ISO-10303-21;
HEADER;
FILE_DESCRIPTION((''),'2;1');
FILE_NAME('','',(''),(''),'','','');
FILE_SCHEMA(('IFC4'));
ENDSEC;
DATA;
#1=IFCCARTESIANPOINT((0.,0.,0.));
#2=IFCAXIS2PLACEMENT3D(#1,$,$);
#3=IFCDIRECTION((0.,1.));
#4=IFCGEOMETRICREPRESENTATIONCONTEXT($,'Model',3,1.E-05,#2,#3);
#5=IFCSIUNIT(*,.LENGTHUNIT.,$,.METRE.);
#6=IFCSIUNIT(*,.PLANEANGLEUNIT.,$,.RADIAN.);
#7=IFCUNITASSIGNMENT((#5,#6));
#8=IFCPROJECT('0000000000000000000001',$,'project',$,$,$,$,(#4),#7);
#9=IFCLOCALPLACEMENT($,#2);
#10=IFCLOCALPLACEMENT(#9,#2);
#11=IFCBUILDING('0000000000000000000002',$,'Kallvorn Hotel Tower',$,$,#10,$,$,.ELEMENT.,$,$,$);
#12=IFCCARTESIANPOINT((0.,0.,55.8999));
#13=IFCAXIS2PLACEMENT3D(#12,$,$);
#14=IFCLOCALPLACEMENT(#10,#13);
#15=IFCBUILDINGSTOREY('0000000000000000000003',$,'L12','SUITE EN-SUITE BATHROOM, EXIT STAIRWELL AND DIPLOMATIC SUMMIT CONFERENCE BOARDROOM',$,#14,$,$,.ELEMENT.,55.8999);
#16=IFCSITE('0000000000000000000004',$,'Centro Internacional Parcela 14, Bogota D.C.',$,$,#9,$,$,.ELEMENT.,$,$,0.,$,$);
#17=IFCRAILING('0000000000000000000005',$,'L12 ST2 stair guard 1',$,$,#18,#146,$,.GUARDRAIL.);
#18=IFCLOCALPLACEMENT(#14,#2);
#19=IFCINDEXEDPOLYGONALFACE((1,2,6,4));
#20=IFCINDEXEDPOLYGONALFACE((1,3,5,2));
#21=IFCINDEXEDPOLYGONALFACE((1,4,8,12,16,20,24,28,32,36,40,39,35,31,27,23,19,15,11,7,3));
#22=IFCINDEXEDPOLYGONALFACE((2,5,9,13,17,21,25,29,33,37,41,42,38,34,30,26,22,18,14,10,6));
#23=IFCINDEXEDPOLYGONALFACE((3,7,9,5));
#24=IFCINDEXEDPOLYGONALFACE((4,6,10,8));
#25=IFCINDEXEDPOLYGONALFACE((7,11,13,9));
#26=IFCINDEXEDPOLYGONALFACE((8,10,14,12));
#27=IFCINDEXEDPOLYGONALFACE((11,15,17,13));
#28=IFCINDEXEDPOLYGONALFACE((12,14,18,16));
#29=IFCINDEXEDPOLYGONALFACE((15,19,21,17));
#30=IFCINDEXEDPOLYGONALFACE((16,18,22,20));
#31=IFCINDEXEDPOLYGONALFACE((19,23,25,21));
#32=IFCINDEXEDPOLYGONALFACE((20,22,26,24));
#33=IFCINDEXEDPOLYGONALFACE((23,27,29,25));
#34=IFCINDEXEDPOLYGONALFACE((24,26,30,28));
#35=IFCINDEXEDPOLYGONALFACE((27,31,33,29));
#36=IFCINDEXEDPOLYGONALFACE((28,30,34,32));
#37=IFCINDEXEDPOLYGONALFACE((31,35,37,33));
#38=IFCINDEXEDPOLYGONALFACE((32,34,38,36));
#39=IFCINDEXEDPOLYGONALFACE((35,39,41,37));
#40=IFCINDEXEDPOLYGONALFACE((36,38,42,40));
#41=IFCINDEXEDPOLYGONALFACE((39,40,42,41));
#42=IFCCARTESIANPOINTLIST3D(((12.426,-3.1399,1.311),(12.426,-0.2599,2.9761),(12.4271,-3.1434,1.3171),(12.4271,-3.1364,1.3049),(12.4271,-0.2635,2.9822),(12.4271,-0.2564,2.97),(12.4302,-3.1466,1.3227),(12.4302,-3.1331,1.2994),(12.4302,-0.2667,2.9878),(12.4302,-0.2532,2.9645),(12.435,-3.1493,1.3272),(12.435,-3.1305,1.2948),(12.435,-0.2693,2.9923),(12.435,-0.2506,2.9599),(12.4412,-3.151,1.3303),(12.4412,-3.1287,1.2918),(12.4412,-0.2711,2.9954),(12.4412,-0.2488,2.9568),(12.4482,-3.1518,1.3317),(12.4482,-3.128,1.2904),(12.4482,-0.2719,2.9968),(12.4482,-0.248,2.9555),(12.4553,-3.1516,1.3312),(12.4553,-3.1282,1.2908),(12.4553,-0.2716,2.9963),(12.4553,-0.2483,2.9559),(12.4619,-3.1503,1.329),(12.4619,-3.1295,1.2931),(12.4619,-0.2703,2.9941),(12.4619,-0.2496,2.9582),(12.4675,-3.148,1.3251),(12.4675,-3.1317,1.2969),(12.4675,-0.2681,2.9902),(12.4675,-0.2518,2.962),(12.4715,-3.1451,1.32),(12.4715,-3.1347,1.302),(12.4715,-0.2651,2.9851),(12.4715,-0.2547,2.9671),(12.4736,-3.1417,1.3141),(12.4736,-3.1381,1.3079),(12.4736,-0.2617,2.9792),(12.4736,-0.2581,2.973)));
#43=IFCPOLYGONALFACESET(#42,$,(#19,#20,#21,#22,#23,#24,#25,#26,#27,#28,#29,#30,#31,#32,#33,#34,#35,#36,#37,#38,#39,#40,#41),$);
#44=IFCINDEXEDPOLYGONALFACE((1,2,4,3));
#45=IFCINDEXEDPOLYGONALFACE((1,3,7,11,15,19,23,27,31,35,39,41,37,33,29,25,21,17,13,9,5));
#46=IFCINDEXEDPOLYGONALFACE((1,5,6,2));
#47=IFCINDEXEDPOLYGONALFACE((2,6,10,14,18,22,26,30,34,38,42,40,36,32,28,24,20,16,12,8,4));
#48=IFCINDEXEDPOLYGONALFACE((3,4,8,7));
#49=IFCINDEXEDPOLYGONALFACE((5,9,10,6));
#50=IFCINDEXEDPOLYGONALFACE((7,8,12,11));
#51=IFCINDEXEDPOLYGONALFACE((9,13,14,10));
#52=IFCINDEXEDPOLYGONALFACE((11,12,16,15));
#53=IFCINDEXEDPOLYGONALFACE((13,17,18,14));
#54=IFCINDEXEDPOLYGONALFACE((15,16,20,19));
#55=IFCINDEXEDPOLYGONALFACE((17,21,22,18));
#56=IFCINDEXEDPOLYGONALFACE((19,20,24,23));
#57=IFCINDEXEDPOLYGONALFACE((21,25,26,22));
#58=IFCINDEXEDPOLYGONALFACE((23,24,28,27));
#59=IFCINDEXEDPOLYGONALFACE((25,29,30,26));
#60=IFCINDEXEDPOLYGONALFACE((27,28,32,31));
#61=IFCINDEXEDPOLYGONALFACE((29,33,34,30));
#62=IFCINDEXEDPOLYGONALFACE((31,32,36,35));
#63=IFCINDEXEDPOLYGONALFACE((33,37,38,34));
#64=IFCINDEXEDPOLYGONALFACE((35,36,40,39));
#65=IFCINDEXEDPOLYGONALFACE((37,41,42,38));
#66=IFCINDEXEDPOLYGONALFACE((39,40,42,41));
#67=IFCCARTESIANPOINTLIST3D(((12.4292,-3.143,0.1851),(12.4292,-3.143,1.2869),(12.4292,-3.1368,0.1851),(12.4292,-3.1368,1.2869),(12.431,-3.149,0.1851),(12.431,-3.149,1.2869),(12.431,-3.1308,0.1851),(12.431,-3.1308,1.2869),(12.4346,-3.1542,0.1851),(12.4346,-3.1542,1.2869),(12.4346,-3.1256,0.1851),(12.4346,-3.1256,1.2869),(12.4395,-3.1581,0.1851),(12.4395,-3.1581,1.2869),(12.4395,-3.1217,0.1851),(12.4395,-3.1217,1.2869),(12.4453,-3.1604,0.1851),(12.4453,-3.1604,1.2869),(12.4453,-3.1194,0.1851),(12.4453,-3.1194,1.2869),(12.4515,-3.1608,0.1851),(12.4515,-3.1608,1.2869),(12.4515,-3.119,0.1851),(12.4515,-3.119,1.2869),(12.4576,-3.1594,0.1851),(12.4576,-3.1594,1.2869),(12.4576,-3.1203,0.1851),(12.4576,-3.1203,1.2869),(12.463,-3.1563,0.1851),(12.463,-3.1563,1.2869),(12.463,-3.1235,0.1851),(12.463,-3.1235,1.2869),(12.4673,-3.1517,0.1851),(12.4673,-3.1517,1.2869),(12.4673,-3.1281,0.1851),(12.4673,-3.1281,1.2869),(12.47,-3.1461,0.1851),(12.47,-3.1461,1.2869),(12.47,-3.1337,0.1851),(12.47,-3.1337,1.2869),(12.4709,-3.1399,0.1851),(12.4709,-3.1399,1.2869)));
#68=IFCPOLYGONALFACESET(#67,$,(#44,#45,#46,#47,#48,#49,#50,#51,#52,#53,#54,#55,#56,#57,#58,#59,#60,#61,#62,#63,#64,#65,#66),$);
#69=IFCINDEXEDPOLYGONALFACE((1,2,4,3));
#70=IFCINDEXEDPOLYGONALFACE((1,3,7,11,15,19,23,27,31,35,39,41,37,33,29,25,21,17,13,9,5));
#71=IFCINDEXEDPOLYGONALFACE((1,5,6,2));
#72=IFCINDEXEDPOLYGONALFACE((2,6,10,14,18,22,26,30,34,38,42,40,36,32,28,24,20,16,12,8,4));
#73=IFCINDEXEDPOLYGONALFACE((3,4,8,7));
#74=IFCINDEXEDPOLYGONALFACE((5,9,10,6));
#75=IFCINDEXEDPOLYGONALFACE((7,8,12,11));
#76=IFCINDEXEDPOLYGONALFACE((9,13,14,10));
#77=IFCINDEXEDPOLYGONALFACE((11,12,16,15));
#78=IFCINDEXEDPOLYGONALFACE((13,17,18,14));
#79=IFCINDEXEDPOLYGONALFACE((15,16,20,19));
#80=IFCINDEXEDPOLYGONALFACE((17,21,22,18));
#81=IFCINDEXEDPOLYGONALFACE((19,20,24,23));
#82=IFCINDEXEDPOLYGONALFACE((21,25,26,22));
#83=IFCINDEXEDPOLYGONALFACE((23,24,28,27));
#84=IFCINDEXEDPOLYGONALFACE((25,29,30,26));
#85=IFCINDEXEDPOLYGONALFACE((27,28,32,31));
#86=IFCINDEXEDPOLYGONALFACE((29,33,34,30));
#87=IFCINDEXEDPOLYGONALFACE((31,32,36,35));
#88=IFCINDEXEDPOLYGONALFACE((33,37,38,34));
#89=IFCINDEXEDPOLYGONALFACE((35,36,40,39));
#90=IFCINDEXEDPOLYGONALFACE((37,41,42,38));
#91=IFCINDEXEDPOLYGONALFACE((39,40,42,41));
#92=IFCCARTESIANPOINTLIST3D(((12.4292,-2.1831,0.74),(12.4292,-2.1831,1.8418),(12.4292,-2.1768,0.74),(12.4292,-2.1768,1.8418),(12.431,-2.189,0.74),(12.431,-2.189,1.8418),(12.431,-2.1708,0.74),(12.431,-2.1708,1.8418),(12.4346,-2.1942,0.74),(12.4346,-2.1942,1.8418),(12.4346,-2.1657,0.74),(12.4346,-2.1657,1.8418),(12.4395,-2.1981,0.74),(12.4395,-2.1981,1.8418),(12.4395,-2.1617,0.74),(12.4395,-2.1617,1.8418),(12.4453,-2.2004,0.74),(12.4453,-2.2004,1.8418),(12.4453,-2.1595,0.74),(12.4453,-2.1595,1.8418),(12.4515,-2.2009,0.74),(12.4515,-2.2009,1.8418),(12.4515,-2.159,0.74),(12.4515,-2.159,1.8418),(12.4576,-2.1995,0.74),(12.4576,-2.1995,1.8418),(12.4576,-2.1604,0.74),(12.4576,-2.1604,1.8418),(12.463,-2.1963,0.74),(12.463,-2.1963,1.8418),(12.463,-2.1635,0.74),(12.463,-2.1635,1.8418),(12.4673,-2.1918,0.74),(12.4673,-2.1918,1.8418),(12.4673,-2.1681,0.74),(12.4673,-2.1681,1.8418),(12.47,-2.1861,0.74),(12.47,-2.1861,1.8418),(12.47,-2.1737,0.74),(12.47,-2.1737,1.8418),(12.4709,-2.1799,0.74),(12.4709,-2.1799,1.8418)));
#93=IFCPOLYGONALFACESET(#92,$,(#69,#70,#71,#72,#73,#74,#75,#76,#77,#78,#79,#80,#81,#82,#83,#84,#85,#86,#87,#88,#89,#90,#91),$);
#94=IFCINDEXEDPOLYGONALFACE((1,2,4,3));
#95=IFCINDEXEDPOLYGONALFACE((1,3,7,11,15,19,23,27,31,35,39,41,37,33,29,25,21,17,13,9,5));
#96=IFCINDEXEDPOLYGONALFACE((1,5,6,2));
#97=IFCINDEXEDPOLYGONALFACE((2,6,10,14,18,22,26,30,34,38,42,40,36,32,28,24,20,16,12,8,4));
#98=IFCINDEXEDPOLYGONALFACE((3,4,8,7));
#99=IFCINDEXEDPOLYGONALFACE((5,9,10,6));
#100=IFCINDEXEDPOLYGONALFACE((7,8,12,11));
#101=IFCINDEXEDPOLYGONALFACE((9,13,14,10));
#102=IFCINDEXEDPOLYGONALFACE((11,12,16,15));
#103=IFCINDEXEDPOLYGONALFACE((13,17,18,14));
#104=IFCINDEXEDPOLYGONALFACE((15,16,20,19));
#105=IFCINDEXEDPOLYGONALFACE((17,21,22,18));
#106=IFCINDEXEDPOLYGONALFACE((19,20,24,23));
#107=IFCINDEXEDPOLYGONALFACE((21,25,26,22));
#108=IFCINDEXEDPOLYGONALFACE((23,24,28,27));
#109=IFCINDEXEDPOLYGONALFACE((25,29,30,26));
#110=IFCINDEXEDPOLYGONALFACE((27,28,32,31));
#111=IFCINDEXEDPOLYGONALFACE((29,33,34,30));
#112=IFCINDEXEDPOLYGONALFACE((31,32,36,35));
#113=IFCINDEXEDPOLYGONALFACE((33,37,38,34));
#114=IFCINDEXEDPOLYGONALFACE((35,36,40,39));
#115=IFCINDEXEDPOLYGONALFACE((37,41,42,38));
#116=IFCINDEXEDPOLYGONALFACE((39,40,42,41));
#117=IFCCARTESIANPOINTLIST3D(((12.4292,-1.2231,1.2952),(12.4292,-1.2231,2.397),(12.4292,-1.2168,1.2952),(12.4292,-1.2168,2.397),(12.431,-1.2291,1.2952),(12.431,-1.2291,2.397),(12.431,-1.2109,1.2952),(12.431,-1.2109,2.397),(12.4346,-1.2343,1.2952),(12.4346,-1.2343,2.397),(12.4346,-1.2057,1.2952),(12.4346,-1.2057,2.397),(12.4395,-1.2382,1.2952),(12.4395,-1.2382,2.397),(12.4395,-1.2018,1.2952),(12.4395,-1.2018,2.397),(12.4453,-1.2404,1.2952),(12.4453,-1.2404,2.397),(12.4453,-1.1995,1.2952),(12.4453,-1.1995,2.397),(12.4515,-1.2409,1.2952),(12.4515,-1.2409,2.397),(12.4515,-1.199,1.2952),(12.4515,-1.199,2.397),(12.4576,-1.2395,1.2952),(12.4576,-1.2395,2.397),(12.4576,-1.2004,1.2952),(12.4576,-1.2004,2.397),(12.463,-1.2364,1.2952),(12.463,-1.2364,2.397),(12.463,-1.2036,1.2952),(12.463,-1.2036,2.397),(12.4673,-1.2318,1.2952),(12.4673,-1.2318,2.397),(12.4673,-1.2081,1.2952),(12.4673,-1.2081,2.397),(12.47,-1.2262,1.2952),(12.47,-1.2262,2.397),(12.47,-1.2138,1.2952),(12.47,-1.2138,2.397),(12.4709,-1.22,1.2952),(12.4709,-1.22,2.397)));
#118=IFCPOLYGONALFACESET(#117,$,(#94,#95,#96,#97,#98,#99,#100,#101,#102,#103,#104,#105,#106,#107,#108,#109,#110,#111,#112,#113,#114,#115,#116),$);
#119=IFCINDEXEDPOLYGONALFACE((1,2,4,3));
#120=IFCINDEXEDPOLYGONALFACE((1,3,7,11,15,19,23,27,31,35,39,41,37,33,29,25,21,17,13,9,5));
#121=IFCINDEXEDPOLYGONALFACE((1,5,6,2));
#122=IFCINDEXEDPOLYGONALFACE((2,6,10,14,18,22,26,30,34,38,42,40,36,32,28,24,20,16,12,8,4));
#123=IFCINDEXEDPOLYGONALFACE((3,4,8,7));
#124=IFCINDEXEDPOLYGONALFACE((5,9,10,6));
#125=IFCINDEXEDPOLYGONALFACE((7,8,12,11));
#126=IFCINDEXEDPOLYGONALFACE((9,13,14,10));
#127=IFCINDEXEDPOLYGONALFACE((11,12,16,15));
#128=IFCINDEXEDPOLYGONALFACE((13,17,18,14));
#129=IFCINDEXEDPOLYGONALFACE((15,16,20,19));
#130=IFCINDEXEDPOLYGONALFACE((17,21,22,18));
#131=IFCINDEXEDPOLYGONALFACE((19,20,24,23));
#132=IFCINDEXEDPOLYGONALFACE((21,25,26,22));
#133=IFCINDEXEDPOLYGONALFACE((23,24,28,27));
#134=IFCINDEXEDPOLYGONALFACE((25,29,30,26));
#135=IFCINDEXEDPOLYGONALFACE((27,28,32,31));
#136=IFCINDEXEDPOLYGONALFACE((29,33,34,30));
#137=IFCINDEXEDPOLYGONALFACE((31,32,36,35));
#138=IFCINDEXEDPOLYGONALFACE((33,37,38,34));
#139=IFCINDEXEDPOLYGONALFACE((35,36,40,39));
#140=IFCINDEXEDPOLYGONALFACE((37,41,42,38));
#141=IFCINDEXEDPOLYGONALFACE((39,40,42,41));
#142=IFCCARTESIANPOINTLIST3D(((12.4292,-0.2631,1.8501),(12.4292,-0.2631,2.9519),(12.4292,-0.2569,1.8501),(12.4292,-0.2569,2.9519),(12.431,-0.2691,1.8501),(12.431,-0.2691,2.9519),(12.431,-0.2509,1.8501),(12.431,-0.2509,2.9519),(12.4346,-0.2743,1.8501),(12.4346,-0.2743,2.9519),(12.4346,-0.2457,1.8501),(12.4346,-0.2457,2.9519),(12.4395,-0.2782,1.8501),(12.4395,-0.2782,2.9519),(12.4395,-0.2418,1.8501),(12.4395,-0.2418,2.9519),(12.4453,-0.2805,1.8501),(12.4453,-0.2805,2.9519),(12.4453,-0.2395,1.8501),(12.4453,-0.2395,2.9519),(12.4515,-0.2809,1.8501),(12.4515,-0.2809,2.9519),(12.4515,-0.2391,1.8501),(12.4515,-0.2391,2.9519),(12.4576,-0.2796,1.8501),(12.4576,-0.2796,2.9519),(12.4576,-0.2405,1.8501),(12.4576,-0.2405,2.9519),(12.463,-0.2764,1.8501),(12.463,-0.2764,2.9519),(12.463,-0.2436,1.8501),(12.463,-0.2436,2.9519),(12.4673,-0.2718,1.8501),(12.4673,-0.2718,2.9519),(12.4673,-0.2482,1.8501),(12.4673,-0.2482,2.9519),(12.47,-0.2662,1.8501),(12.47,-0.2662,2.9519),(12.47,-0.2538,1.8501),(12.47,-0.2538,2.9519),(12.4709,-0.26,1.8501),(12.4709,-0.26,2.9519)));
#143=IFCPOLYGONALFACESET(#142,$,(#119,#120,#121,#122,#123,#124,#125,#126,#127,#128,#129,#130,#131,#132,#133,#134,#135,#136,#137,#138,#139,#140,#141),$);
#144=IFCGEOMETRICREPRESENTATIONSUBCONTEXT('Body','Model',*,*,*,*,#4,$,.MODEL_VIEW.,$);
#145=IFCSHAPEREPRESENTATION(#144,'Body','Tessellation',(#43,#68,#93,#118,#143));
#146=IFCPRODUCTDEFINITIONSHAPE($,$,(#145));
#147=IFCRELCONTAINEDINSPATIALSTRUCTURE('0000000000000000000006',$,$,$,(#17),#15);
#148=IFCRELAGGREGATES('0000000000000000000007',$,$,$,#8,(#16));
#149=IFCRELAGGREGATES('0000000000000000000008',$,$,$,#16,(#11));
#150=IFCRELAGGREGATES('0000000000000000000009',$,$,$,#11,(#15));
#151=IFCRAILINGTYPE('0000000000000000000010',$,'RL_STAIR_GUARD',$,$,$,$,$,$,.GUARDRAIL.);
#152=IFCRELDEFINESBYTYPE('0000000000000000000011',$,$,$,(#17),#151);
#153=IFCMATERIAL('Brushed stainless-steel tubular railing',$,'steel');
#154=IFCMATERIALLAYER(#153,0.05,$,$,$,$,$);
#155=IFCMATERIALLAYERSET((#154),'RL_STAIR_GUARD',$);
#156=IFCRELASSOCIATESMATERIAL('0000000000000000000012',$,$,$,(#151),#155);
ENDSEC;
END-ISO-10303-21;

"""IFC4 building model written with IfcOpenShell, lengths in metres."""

from ifc_helpers import new_model, si_unit, direction, frame, origin, origin_2d, place, context, subcontext, project, spatial, circle, extrude, material, layer, layer_set, type_object, element, save


model = new_model("IFC4")

# Units and contexts
model_context = context("Model", 3, precision=1e-05, world=origin(), true_north=direction((0.0, 1.0)))
body_context = subcontext(model_context, "Body", "Model", "MODEL_VIEW")
ifc_project = project(units=[si_unit("LENGTHUNIT", "METRE"), si_unit("PLANEANGLEUNIT", "RADIAN")], contexts=[model_context])

# Site, building, storey
site_placement = place(None, origin())
site = spatial("IfcSite", under=ifc_project, at=site_placement, Name="Centro Internacional Parcela 14, Bogota D.C.", CompositionType="ELEMENT", RefElevation=0.0)
building_placement = place(site_placement, origin())
building = spatial("IfcBuilding", under=site, at=building_placement, Name="Kallvorn Hotel Tower", CompositionType="ELEMENT")
storey_placement = place(building_placement, frame((0.0, 0.0, 55.8999)))
storey = spatial("IfcBuildingStorey", under=building, at=storey_placement, Name="L12", Description="SUITE EN-SUITE BATHROOM, EXIT STAIRWELL AND DIPLOMATIC SUMMIT CONFERENCE BOARDROOM", CompositionType="ELEMENT", Elevation=55.8999)

# Railing
ifc_material_1 = material(Name="Brushed stainless-steel tubular railing", Category="steel")
ifc_layer_1 = layer(ifc_material_1, 0.05)
ifc_layer_set_1 = layer_set([ifc_layer_1], Name="RL_STAIR_GUARD")
railing_type_1 = type_object("IfcRailingType", Name="RL_STAIR_GUARD", PredefinedType="GUARDRAIL", material=ifc_layer_set_1)
railing_1_placement = place(storey_placement, frame((12.45, -3.1399, 0.1851)))
element("IfcRailing", 1, at=railing_1_placement, inside=storey, type_object=railing_type_1, Name="L12 ST2 stair guard 1", PredefinedType="GUARDRAIL", context=body_context, shape_type="SweptSolid", body=[
    extrude(circle(Radius=0.0239, at=origin_2d()), frame((0.0, 0.0, 1.126), z_axis=(0.0, 0.865721, 0.500527), x_axis=(-1.0, 0.0, 0.0)), (0.0, 0.0, 1.0), 3.3267),
    extrude(circle(Radius=0.021, at=origin_2d()), origin(), (0.0, 0.0, 1.0), 1.1018),
    extrude(circle(Radius=0.021, at=origin_2d()), frame((0.0, 0.96, 0.5549)), (0.0, 0.0, 1.0), 1.1018),
    extrude(circle(Radius=0.021, at=origin_2d()), frame((0.0, 1.9199, 1.1101)), (0.0, 0.0, 1.0), 1.1018),
    extrude(circle(Radius=0.021, at=origin_2d()), frame((0.0, 2.8799, 1.665)), (0.0, 0.0, 1.0), 1.1018),
])

save(model, "model.ifc")
